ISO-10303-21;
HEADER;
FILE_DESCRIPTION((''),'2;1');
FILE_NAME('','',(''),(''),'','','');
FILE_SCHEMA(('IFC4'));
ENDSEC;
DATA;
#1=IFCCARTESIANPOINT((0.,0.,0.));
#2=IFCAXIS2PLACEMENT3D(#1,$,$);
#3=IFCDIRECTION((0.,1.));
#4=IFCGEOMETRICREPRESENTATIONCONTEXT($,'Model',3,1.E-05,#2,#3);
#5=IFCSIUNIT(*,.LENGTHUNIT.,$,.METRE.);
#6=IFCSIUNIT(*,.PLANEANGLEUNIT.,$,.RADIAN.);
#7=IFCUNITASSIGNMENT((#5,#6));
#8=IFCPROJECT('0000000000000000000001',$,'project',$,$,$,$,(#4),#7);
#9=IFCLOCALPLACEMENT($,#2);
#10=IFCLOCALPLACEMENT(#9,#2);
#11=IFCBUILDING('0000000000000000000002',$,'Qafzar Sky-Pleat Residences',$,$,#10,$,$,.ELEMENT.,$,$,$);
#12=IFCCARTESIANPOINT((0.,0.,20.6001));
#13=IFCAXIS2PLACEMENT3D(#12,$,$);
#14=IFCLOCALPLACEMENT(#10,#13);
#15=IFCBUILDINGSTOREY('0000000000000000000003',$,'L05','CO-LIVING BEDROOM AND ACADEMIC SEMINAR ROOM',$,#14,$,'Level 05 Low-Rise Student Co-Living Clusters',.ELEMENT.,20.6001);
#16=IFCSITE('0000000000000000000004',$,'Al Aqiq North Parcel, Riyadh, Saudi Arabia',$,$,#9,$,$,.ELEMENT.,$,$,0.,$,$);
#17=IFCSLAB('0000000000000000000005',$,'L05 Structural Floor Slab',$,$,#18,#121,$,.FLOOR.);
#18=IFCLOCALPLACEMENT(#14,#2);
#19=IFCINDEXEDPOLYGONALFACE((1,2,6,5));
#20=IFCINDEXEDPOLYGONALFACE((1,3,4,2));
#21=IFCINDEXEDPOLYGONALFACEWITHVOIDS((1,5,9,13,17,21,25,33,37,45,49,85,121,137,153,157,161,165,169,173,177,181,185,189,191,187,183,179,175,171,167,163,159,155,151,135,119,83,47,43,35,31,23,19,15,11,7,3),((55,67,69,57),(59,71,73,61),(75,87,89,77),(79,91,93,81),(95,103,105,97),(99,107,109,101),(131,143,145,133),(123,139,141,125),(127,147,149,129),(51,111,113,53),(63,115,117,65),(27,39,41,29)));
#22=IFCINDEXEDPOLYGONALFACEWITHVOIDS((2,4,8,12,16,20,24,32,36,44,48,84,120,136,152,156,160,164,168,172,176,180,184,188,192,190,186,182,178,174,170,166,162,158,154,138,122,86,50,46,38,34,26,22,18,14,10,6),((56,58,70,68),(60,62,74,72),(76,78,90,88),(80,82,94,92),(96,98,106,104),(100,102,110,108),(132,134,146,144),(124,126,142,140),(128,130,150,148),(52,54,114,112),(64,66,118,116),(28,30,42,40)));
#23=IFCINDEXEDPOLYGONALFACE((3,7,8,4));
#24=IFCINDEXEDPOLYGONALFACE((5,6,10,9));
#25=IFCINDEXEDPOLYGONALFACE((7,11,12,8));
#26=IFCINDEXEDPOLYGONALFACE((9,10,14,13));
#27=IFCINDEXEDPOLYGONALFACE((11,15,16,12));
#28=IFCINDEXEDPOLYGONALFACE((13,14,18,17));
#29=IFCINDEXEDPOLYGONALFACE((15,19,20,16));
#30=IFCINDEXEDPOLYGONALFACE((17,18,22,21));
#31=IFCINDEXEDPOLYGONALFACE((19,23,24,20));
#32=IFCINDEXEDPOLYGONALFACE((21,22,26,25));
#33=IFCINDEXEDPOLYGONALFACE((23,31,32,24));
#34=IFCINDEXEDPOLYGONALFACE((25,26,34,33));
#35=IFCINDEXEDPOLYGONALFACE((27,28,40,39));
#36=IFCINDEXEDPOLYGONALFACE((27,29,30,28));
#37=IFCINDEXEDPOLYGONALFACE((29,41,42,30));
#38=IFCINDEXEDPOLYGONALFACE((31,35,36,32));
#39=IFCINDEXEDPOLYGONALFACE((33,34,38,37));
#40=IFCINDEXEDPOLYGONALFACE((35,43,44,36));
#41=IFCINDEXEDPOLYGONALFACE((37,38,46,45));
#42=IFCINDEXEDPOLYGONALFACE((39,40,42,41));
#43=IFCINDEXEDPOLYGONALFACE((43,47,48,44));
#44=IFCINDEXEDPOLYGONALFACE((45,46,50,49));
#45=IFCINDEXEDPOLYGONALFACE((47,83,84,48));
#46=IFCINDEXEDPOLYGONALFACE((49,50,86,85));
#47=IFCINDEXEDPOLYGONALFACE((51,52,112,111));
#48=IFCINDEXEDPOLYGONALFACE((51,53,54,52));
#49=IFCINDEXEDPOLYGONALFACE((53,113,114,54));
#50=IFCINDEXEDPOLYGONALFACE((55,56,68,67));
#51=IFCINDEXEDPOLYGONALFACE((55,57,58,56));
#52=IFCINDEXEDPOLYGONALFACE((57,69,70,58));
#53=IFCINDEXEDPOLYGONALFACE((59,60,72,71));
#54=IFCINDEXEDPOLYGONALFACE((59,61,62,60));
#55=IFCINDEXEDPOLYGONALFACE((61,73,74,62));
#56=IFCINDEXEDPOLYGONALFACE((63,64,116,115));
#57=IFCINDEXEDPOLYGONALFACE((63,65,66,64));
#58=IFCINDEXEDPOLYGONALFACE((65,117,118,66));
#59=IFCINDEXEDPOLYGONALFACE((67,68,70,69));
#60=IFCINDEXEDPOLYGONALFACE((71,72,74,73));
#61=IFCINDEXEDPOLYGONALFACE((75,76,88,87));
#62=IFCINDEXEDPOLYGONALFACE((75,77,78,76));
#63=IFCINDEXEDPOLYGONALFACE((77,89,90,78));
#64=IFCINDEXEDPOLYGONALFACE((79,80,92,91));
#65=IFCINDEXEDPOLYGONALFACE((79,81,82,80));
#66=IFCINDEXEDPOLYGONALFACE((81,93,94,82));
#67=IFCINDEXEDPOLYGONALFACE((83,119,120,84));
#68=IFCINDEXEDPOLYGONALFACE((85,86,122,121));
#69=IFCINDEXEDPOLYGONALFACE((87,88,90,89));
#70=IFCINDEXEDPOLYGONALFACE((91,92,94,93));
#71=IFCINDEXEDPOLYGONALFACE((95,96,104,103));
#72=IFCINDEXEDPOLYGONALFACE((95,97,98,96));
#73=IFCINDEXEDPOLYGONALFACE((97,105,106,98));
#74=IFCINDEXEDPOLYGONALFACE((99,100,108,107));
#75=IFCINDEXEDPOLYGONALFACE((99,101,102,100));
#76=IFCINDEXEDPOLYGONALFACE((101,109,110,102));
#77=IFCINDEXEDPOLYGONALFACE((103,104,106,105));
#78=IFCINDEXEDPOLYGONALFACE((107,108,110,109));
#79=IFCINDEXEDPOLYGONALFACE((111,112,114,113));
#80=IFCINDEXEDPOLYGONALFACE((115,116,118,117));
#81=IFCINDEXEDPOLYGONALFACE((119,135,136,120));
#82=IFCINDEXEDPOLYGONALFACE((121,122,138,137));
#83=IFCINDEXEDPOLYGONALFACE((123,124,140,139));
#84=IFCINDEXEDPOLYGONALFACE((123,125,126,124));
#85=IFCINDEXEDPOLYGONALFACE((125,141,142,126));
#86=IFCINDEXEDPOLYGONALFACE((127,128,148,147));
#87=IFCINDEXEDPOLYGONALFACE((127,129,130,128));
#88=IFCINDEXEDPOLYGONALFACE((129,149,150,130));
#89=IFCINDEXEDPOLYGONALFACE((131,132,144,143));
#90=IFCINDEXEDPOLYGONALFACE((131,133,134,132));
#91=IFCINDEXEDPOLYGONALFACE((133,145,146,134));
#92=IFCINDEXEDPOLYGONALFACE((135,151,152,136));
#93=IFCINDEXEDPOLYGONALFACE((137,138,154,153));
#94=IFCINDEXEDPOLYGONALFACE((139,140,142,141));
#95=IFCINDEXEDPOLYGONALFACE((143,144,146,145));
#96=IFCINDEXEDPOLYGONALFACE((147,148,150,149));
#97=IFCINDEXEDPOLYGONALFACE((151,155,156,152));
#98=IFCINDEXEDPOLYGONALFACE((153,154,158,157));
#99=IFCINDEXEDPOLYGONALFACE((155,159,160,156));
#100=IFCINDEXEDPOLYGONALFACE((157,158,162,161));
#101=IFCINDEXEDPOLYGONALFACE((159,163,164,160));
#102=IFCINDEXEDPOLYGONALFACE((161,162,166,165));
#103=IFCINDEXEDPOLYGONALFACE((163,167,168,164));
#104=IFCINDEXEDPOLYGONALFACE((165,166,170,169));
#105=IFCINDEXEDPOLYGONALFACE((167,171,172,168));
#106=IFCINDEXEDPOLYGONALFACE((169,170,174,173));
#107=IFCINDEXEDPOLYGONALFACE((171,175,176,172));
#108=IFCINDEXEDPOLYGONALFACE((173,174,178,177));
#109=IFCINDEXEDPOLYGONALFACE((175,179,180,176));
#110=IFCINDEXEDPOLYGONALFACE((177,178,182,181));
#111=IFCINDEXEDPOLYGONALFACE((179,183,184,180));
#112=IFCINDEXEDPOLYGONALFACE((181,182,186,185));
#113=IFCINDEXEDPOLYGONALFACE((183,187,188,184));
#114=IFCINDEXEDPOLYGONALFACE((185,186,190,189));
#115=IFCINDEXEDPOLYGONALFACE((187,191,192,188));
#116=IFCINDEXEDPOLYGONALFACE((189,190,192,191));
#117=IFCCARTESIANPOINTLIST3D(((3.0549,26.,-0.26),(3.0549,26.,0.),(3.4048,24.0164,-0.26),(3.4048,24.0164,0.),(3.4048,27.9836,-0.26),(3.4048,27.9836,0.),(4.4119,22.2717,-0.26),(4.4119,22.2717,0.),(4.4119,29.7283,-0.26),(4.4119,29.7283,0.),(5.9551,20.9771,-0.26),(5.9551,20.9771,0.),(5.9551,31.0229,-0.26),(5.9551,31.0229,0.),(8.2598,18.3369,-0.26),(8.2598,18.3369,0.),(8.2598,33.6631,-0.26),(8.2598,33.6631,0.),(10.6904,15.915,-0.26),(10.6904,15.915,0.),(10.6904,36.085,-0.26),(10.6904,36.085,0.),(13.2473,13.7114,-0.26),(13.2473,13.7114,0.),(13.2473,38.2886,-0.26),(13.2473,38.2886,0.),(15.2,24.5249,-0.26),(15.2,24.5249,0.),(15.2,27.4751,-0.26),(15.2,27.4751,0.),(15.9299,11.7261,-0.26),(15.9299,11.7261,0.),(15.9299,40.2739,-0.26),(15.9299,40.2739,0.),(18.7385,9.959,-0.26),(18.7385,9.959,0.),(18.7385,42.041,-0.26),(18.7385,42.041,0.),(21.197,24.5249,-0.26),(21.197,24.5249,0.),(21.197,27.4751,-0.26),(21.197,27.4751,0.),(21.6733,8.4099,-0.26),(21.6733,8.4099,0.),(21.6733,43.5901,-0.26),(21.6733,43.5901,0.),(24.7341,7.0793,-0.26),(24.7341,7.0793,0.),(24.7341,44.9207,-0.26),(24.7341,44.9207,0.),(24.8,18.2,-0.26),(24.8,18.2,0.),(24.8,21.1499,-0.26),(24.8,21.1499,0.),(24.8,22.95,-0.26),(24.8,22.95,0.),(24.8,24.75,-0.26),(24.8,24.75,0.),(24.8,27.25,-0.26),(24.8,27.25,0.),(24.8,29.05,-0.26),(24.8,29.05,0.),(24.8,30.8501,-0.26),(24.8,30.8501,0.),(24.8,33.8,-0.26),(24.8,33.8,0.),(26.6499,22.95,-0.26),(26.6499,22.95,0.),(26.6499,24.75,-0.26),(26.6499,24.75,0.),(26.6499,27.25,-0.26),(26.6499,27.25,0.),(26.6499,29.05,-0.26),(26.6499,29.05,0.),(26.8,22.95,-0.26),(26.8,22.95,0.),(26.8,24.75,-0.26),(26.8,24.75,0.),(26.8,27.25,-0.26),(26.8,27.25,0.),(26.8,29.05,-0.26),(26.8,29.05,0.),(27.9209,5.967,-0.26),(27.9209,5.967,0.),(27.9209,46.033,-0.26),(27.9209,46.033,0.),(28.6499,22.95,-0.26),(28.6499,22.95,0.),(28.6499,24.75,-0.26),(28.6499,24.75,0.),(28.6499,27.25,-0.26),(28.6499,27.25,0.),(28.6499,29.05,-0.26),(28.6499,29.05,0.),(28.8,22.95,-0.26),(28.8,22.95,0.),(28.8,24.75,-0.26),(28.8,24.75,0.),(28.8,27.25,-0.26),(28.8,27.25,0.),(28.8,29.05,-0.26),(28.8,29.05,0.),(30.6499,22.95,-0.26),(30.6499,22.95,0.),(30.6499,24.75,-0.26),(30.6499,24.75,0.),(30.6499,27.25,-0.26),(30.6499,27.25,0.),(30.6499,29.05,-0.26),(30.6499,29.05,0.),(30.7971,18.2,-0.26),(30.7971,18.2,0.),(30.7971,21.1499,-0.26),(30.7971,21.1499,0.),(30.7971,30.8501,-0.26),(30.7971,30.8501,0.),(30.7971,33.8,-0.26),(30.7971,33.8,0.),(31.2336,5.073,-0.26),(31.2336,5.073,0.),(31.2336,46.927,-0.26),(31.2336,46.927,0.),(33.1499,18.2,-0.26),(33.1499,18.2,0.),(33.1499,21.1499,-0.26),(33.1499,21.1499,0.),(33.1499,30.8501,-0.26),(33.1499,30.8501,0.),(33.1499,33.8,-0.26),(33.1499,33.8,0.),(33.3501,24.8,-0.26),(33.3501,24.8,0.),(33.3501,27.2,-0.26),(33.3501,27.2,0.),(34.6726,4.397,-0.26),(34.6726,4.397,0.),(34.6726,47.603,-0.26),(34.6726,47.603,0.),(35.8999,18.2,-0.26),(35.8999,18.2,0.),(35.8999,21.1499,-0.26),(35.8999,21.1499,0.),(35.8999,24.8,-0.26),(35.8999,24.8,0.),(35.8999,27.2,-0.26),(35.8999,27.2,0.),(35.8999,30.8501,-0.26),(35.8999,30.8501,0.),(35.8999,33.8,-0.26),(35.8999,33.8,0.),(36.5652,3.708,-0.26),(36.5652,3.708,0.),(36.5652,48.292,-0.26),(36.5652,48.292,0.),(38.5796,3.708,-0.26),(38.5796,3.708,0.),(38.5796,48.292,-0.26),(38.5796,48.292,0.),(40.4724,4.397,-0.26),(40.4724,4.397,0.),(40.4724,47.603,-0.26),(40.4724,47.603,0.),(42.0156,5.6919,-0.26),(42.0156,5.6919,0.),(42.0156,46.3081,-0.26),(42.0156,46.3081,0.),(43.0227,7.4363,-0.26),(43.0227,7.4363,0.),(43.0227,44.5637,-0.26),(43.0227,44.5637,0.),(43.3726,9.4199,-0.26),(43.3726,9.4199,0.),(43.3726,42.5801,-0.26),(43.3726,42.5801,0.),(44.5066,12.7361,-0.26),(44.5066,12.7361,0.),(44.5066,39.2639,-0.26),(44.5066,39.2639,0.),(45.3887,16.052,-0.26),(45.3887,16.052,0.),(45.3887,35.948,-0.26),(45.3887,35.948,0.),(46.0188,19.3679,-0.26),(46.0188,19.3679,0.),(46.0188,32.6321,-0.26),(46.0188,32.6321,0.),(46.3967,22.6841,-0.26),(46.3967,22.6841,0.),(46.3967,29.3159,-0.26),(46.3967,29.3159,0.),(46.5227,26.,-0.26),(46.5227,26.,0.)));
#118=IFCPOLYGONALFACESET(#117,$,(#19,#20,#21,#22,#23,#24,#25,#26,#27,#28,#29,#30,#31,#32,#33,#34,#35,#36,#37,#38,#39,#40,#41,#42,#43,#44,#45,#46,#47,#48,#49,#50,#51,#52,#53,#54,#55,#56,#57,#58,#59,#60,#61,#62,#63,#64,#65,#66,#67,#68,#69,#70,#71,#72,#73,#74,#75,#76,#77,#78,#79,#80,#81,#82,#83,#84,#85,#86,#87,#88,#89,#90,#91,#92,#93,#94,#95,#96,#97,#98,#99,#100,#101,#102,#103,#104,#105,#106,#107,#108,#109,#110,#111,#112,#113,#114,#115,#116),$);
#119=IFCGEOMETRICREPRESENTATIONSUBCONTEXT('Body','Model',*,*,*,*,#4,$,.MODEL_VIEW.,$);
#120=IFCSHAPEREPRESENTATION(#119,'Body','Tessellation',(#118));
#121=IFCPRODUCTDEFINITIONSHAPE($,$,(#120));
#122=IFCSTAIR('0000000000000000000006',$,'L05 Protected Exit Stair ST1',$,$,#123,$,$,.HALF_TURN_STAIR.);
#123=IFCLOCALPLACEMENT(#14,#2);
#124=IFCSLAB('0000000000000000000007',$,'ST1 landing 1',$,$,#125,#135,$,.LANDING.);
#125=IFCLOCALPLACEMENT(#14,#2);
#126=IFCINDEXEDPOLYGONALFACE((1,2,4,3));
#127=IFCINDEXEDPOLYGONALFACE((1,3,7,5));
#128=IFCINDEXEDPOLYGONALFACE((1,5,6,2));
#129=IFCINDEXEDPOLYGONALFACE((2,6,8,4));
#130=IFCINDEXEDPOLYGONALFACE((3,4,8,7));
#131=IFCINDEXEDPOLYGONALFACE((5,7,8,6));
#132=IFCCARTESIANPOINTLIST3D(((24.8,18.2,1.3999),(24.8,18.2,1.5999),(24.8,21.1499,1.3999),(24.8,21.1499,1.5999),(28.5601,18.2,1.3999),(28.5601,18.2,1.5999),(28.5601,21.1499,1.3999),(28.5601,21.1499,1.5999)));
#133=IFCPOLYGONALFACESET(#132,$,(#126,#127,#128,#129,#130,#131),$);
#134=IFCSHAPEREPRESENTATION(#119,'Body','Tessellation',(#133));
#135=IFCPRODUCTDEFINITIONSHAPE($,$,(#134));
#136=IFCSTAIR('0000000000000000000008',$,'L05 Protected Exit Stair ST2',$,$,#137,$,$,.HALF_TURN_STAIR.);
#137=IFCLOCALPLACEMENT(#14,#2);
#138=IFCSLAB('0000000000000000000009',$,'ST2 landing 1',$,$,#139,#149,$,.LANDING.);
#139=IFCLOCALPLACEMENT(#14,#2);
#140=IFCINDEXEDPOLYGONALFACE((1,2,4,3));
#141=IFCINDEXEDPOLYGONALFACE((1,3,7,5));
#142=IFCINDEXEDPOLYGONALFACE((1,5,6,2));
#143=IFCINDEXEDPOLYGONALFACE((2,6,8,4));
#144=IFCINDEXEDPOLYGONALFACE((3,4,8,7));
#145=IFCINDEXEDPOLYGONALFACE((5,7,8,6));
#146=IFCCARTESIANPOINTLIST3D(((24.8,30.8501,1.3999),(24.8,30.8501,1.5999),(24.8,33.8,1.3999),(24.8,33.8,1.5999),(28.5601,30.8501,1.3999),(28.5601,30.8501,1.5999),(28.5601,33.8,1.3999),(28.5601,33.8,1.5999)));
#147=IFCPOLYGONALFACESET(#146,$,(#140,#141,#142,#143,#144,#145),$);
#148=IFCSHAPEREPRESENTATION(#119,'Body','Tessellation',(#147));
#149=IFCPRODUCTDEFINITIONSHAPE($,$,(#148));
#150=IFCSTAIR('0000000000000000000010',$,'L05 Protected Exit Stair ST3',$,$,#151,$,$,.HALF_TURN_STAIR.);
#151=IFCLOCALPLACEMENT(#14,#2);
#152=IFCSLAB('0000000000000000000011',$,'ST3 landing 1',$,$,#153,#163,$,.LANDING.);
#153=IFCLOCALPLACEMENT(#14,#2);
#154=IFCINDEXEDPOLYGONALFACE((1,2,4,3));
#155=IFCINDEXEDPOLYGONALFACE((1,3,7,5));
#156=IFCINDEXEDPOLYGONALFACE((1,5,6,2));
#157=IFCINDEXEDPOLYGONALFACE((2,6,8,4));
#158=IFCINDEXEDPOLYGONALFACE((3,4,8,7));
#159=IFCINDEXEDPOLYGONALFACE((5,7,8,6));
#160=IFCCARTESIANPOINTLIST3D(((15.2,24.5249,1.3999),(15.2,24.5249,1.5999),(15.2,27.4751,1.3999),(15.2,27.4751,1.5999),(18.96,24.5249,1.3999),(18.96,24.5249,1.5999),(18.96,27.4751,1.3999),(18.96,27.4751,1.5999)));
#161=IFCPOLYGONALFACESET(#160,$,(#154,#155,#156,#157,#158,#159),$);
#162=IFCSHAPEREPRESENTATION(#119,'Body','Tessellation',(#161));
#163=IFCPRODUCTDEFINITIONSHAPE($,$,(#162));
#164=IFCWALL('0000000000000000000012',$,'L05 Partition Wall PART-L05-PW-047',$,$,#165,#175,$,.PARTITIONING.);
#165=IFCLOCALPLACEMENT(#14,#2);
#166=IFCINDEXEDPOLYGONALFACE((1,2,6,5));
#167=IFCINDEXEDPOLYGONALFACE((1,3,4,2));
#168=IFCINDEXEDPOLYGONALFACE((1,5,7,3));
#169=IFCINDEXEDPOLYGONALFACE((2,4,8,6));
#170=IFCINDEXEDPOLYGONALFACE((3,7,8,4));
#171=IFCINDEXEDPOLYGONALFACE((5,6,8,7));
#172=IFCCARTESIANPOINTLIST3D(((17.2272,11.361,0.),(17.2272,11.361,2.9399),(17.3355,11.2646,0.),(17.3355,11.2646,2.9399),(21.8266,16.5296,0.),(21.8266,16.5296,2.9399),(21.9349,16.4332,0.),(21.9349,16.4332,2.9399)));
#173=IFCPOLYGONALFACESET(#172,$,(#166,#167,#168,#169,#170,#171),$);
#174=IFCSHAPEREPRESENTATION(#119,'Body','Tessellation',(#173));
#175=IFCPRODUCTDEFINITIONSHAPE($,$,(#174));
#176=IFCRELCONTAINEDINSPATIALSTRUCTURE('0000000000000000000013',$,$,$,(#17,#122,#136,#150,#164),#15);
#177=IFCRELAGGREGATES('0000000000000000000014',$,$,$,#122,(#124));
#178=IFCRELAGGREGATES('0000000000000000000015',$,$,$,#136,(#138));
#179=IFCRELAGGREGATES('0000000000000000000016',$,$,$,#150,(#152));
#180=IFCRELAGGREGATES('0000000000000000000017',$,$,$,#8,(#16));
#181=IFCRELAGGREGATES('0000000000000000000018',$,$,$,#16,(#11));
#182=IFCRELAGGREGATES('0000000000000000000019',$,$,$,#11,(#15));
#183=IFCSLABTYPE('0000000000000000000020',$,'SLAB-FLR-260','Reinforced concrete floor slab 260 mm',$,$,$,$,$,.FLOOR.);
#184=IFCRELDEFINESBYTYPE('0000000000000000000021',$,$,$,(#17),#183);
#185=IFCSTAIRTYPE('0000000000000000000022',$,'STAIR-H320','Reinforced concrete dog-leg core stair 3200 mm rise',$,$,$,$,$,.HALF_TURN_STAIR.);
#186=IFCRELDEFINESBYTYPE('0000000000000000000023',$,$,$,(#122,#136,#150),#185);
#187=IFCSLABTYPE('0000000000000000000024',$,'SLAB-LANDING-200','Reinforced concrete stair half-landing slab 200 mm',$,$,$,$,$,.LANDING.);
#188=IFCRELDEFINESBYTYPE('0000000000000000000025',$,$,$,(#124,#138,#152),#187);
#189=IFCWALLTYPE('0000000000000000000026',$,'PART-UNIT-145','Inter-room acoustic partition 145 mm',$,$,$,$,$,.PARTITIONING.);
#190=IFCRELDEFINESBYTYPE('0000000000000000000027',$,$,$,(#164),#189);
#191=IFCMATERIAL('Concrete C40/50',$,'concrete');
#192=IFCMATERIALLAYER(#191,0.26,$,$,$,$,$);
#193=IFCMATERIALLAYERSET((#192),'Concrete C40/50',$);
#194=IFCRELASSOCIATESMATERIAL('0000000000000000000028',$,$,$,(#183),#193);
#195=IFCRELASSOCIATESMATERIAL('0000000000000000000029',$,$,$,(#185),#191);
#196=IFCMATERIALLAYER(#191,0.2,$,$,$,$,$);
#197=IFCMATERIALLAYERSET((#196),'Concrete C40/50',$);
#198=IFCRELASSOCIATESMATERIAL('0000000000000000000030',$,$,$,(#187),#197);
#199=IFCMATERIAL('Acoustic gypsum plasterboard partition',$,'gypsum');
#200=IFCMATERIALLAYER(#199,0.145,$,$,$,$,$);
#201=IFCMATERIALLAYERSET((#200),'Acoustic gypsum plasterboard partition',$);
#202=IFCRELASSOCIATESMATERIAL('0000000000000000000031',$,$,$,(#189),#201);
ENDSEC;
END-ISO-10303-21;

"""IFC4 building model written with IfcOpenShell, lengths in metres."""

from ifc_helpers import new_model, si_unit, direction, frame, frame_2d, origin, place, context, subcontext, project, spatial, polyline, rectangle, outline, extrude, material, layer, layer_set, type_object, element, aggregate, save


model = new_model("IFC4")

# Units and contexts
model_context = context("Model", 3, precision=1e-05, world=origin(), true_north=direction((0.0, 1.0)))
body_context = subcontext(model_context, "Body", "Model", "MODEL_VIEW")
ifc_project = project(units=[si_unit("LENGTHUNIT", "METRE"), si_unit("PLANEANGLEUNIT", "RADIAN")], contexts=[model_context])

# Site, building, storey
site_placement = place(None, origin())
site = spatial("IfcSite", under=ifc_project, at=site_placement, Name="Al Aqiq North Parcel, Riyadh, Saudi Arabia", CompositionType="ELEMENT", RefElevation=0.0)
building_placement = place(site_placement, origin())
building = spatial("IfcBuilding", under=site, at=building_placement, Name="Qafzar Sky-Pleat Residences", CompositionType="ELEMENT")
storey_placement = place(building_placement, frame((0.0, 0.0, 20.6001)))
storey = spatial("IfcBuildingStorey", under=building, at=storey_placement, Name="L05", Description="CO-LIVING BEDROOM AND ACADEMIC SEMINAR ROOM", LongName="Level 05 Low-Rise Student Co-Living Clusters", CompositionType="ELEMENT", Elevation=20.6001)

# Slab
ifc_material_1 = material(Name="Concrete C40/50", Category="concrete")
ifc_layer_1 = layer(ifc_material_1, 0.26)
ifc_layer_set_1 = layer_set([ifc_layer_1], Name="Concrete C40/50")
slab_type_1 = type_object("IfcSlabType", Name="SLAB-FLR-260", Description="Reinforced concrete floor slab 260 mm", PredefinedType="FLOOR", material=ifc_layer_set_1)
slab_1_placement = place(storey_placement, frame((0.0, 0.0, -0.26)))
element("IfcSlab", 1, at=slab_1_placement, inside=storey, type_object=slab_type_1, Name="L05 Structural Floor Slab", PredefinedType="FLOOR", context=body_context, shape_type="SweptSolid", body=[
    extrude(outline(polyline([(5.9551, 31.0229), (4.4119, 29.7283), (3.4048, 27.9836), (3.0549, 26.0), (3.4048, 24.0164), (4.4119, 22.2717), (5.9551, 20.9771), (8.2598, 18.3369), (10.6904, 15.915), (13.2473, 13.7114), (15.9299, 11.7261), (18.7385, 9.959), (21.6733, 8.4099), (24.7341, 7.0793), (27.9209, 5.967), (31.2336, 5.073), (34.6726, 4.397), (36.5652, 3.708), (38.5796, 3.708), (40.4724, 4.397), (42.0156, 5.6919), (43.0227, 7.4363), (43.3726, 9.4199), (44.5066, 12.7361), (45.3887, 16.052), (46.0188, 19.3679), (46.3967, 22.6841), (46.5227, 26.0), (46.3967, 29.3159), (46.0188, 32.6321), (45.3887, 35.948), (44.5066, 39.2639), (43.3726, 42.5801), (43.0227, 44.5637), (42.0156, 46.3081), (40.4724, 47.603), (38.5796, 48.292), (36.5652, 48.292), (34.6726, 47.603), (31.2336, 46.927), (27.9209, 46.033), (24.7341, 44.9207), (21.6733, 43.5901), (18.7385, 42.041), (15.9299, 40.2739), (13.2473, 38.2886), (10.6904, 36.085), (8.2598, 33.6631), (5.9551, 31.0229)]), holes=[polyline([(30.7971, 21.1499), (24.8, 21.1499), (24.8, 18.2), (30.7971, 18.2), (30.7971, 21.1499)]), polyline([(30.7971, 33.8), (24.8, 33.8), (24.8, 30.8501), (30.7971, 30.8501), (30.7971, 33.8)]), polyline([(21.197, 27.4751), (15.2, 27.4751), (15.2, 24.5249), (21.197, 24.5249), (21.197, 27.4751)]), polyline([(24.8, 22.95), (26.6499, 22.95), (26.6499, 24.75), (24.8, 24.75), (24.8, 22.95)]), polyline([(26.8, 22.95), (28.6499, 22.95), (28.6499, 24.75), (26.8, 24.75), (26.8, 22.95)]), polyline([(28.8, 22.95), (30.6499, 22.95), (30.6499, 24.75), (28.8, 24.75), (28.8, 22.95)]), polyline([(24.8, 27.25), (26.6499, 27.25), (26.6499, 29.05), (24.8, 29.05), (24.8, 27.25)]), polyline([(26.8, 27.25), (28.6499, 27.25), (28.6499, 29.05), (26.8, 29.05), (26.8, 27.25)]), polyline([(28.8, 27.25), (30.6499, 27.25), (30.6499, 29.05), (28.8, 29.05), (28.8, 27.25)]), polyline([(33.1499, 18.2), (35.8999, 18.2), (35.8999, 21.1499), (33.1499, 21.1499), (33.1499, 18.2)]), polyline([(33.1499, 30.8501), (35.8999, 30.8501), (35.8999, 33.8), (33.1499, 33.8), (33.1499, 30.8501)]), polyline([(33.3501, 24.8), (35.8999, 24.8), (35.8999, 27.2), (33.3501, 27.2), (33.3501, 24.8)])]), origin(), (0.0, 0.0, 1.0), 0.26),
])

# Stairs, slabs
stair_type = type_object("IfcStairType", Name="STAIR-H320", Description="Reinforced concrete dog-leg core stair 3200 mm rise", PredefinedType="HALF_TURN_STAIR", material=ifc_material_1)
stair_1_placement = place(storey_placement, origin())
stair_1 = element("IfcStair", 2, at=stair_1_placement, inside=storey, type_object=stair_type, Name="L05 Protected Exit Stair ST1", PredefinedType="HALF_TURN_STAIR")
ifc_layer_2 = layer(ifc_material_1, 0.2)
ifc_layer_set_2 = layer_set([ifc_layer_2], Name="Concrete C40/50")
slab_type_2 = type_object("IfcSlabType", Name="SLAB-LANDING-200", Description="Reinforced concrete stair half-landing slab 200 mm", PredefinedType="LANDING", material=ifc_layer_set_2)
slab_2_placement = place(storey_placement, frame((0.0, 0.0, 1.3999)))
slab_2 = element("IfcSlab", 3, at=slab_2_placement, type_object=slab_type_2, Name="ST1 landing 1", PredefinedType="LANDING", context=body_context, shape_type="SweptSolid", body=[
    extrude(outline(polyline([(28.5601, 21.1499), (24.8, 21.1499), (24.8, 18.2), (28.5601, 18.2), (28.5601, 21.1499)])), origin(), (0.0, 0.0, 1.0), 0.2),
])
aggregate(stair_1, [slab_2])
stair_2_placement = place(storey_placement, origin())
stair_2 = element("IfcStair", 4, at=stair_2_placement, inside=storey, type_object=stair_type, Name="L05 Protected Exit Stair ST2", PredefinedType="HALF_TURN_STAIR")
slab_3_placement = place(storey_placement, frame((0.0, 0.0, 1.3999)))
slab_3 = element("IfcSlab", 5, at=slab_3_placement, type_object=slab_type_2, Name="ST2 landing 1", PredefinedType="LANDING", context=body_context, shape_type="SweptSolid", body=[
    extrude(outline(polyline([(28.5601, 33.8), (24.8, 33.8), (24.8, 30.8501), (28.5601, 30.8501), (28.5601, 33.8)])), origin(), (0.0, 0.0, 1.0), 0.2),
])
aggregate(stair_2, [slab_3])
stair_3_placement = place(storey_placement, origin())
stair_3 = element("IfcStair", 6, at=stair_3_placement, inside=storey, type_object=stair_type, Name="L05 Protected Exit Stair ST3", PredefinedType="HALF_TURN_STAIR")
slab_4_placement = place(storey_placement, frame((0.0, 0.0, 1.3999)))
slab_4 = element("IfcSlab", 7, at=slab_4_placement, type_object=slab_type_2, Name="ST3 landing 1", PredefinedType="LANDING", context=body_context, shape_type="SweptSolid", body=[
    extrude(outline(polyline([(18.96, 27.4751), (15.2, 27.4751), (15.2, 24.5249), (18.96, 24.5249), (18.96, 27.4751)])), origin(), (0.0, 0.0, 1.0), 0.2),
])
aggregate(stair_3, [slab_4])

# Wall
ifc_material_2 = material(Name="Acoustic gypsum plasterboard partition", Category="gypsum")
ifc_layer_3 = layer(ifc_material_2, 0.145)
ifc_layer_set_3 = layer_set([ifc_layer_3], Name="Acoustic gypsum plasterboard partition")
wall_type_1 = type_object("IfcWallType", Name="PART-UNIT-145", Description="Inter-room acoustic partition 145 mm", PredefinedType="PARTITIONING", material=ifc_layer_set_3)
wall_1_placement = place(storey_placement, frame((17.2812, 11.3127, 0.0), z_axis=(0.0, 0.0, 1.0), x_axis=(0.664782, 0.747037, 0.0)))
element("IfcWall", 8, at=wall_1_placement, inside=storey, type_object=wall_type_1, Name="L05 Partition Wall PART-L05-PW-047", PredefinedType="PARTITIONING", context=body_context, shape_type="SweptSolid", body=[
    extrude(rectangle(XDim=6.9187, YDim=0.145, at=frame_2d((3.4595, 0.0))), origin(), (0.0, 0.0, 1.0), 2.9399),
])

save(model, "model.ifc")
